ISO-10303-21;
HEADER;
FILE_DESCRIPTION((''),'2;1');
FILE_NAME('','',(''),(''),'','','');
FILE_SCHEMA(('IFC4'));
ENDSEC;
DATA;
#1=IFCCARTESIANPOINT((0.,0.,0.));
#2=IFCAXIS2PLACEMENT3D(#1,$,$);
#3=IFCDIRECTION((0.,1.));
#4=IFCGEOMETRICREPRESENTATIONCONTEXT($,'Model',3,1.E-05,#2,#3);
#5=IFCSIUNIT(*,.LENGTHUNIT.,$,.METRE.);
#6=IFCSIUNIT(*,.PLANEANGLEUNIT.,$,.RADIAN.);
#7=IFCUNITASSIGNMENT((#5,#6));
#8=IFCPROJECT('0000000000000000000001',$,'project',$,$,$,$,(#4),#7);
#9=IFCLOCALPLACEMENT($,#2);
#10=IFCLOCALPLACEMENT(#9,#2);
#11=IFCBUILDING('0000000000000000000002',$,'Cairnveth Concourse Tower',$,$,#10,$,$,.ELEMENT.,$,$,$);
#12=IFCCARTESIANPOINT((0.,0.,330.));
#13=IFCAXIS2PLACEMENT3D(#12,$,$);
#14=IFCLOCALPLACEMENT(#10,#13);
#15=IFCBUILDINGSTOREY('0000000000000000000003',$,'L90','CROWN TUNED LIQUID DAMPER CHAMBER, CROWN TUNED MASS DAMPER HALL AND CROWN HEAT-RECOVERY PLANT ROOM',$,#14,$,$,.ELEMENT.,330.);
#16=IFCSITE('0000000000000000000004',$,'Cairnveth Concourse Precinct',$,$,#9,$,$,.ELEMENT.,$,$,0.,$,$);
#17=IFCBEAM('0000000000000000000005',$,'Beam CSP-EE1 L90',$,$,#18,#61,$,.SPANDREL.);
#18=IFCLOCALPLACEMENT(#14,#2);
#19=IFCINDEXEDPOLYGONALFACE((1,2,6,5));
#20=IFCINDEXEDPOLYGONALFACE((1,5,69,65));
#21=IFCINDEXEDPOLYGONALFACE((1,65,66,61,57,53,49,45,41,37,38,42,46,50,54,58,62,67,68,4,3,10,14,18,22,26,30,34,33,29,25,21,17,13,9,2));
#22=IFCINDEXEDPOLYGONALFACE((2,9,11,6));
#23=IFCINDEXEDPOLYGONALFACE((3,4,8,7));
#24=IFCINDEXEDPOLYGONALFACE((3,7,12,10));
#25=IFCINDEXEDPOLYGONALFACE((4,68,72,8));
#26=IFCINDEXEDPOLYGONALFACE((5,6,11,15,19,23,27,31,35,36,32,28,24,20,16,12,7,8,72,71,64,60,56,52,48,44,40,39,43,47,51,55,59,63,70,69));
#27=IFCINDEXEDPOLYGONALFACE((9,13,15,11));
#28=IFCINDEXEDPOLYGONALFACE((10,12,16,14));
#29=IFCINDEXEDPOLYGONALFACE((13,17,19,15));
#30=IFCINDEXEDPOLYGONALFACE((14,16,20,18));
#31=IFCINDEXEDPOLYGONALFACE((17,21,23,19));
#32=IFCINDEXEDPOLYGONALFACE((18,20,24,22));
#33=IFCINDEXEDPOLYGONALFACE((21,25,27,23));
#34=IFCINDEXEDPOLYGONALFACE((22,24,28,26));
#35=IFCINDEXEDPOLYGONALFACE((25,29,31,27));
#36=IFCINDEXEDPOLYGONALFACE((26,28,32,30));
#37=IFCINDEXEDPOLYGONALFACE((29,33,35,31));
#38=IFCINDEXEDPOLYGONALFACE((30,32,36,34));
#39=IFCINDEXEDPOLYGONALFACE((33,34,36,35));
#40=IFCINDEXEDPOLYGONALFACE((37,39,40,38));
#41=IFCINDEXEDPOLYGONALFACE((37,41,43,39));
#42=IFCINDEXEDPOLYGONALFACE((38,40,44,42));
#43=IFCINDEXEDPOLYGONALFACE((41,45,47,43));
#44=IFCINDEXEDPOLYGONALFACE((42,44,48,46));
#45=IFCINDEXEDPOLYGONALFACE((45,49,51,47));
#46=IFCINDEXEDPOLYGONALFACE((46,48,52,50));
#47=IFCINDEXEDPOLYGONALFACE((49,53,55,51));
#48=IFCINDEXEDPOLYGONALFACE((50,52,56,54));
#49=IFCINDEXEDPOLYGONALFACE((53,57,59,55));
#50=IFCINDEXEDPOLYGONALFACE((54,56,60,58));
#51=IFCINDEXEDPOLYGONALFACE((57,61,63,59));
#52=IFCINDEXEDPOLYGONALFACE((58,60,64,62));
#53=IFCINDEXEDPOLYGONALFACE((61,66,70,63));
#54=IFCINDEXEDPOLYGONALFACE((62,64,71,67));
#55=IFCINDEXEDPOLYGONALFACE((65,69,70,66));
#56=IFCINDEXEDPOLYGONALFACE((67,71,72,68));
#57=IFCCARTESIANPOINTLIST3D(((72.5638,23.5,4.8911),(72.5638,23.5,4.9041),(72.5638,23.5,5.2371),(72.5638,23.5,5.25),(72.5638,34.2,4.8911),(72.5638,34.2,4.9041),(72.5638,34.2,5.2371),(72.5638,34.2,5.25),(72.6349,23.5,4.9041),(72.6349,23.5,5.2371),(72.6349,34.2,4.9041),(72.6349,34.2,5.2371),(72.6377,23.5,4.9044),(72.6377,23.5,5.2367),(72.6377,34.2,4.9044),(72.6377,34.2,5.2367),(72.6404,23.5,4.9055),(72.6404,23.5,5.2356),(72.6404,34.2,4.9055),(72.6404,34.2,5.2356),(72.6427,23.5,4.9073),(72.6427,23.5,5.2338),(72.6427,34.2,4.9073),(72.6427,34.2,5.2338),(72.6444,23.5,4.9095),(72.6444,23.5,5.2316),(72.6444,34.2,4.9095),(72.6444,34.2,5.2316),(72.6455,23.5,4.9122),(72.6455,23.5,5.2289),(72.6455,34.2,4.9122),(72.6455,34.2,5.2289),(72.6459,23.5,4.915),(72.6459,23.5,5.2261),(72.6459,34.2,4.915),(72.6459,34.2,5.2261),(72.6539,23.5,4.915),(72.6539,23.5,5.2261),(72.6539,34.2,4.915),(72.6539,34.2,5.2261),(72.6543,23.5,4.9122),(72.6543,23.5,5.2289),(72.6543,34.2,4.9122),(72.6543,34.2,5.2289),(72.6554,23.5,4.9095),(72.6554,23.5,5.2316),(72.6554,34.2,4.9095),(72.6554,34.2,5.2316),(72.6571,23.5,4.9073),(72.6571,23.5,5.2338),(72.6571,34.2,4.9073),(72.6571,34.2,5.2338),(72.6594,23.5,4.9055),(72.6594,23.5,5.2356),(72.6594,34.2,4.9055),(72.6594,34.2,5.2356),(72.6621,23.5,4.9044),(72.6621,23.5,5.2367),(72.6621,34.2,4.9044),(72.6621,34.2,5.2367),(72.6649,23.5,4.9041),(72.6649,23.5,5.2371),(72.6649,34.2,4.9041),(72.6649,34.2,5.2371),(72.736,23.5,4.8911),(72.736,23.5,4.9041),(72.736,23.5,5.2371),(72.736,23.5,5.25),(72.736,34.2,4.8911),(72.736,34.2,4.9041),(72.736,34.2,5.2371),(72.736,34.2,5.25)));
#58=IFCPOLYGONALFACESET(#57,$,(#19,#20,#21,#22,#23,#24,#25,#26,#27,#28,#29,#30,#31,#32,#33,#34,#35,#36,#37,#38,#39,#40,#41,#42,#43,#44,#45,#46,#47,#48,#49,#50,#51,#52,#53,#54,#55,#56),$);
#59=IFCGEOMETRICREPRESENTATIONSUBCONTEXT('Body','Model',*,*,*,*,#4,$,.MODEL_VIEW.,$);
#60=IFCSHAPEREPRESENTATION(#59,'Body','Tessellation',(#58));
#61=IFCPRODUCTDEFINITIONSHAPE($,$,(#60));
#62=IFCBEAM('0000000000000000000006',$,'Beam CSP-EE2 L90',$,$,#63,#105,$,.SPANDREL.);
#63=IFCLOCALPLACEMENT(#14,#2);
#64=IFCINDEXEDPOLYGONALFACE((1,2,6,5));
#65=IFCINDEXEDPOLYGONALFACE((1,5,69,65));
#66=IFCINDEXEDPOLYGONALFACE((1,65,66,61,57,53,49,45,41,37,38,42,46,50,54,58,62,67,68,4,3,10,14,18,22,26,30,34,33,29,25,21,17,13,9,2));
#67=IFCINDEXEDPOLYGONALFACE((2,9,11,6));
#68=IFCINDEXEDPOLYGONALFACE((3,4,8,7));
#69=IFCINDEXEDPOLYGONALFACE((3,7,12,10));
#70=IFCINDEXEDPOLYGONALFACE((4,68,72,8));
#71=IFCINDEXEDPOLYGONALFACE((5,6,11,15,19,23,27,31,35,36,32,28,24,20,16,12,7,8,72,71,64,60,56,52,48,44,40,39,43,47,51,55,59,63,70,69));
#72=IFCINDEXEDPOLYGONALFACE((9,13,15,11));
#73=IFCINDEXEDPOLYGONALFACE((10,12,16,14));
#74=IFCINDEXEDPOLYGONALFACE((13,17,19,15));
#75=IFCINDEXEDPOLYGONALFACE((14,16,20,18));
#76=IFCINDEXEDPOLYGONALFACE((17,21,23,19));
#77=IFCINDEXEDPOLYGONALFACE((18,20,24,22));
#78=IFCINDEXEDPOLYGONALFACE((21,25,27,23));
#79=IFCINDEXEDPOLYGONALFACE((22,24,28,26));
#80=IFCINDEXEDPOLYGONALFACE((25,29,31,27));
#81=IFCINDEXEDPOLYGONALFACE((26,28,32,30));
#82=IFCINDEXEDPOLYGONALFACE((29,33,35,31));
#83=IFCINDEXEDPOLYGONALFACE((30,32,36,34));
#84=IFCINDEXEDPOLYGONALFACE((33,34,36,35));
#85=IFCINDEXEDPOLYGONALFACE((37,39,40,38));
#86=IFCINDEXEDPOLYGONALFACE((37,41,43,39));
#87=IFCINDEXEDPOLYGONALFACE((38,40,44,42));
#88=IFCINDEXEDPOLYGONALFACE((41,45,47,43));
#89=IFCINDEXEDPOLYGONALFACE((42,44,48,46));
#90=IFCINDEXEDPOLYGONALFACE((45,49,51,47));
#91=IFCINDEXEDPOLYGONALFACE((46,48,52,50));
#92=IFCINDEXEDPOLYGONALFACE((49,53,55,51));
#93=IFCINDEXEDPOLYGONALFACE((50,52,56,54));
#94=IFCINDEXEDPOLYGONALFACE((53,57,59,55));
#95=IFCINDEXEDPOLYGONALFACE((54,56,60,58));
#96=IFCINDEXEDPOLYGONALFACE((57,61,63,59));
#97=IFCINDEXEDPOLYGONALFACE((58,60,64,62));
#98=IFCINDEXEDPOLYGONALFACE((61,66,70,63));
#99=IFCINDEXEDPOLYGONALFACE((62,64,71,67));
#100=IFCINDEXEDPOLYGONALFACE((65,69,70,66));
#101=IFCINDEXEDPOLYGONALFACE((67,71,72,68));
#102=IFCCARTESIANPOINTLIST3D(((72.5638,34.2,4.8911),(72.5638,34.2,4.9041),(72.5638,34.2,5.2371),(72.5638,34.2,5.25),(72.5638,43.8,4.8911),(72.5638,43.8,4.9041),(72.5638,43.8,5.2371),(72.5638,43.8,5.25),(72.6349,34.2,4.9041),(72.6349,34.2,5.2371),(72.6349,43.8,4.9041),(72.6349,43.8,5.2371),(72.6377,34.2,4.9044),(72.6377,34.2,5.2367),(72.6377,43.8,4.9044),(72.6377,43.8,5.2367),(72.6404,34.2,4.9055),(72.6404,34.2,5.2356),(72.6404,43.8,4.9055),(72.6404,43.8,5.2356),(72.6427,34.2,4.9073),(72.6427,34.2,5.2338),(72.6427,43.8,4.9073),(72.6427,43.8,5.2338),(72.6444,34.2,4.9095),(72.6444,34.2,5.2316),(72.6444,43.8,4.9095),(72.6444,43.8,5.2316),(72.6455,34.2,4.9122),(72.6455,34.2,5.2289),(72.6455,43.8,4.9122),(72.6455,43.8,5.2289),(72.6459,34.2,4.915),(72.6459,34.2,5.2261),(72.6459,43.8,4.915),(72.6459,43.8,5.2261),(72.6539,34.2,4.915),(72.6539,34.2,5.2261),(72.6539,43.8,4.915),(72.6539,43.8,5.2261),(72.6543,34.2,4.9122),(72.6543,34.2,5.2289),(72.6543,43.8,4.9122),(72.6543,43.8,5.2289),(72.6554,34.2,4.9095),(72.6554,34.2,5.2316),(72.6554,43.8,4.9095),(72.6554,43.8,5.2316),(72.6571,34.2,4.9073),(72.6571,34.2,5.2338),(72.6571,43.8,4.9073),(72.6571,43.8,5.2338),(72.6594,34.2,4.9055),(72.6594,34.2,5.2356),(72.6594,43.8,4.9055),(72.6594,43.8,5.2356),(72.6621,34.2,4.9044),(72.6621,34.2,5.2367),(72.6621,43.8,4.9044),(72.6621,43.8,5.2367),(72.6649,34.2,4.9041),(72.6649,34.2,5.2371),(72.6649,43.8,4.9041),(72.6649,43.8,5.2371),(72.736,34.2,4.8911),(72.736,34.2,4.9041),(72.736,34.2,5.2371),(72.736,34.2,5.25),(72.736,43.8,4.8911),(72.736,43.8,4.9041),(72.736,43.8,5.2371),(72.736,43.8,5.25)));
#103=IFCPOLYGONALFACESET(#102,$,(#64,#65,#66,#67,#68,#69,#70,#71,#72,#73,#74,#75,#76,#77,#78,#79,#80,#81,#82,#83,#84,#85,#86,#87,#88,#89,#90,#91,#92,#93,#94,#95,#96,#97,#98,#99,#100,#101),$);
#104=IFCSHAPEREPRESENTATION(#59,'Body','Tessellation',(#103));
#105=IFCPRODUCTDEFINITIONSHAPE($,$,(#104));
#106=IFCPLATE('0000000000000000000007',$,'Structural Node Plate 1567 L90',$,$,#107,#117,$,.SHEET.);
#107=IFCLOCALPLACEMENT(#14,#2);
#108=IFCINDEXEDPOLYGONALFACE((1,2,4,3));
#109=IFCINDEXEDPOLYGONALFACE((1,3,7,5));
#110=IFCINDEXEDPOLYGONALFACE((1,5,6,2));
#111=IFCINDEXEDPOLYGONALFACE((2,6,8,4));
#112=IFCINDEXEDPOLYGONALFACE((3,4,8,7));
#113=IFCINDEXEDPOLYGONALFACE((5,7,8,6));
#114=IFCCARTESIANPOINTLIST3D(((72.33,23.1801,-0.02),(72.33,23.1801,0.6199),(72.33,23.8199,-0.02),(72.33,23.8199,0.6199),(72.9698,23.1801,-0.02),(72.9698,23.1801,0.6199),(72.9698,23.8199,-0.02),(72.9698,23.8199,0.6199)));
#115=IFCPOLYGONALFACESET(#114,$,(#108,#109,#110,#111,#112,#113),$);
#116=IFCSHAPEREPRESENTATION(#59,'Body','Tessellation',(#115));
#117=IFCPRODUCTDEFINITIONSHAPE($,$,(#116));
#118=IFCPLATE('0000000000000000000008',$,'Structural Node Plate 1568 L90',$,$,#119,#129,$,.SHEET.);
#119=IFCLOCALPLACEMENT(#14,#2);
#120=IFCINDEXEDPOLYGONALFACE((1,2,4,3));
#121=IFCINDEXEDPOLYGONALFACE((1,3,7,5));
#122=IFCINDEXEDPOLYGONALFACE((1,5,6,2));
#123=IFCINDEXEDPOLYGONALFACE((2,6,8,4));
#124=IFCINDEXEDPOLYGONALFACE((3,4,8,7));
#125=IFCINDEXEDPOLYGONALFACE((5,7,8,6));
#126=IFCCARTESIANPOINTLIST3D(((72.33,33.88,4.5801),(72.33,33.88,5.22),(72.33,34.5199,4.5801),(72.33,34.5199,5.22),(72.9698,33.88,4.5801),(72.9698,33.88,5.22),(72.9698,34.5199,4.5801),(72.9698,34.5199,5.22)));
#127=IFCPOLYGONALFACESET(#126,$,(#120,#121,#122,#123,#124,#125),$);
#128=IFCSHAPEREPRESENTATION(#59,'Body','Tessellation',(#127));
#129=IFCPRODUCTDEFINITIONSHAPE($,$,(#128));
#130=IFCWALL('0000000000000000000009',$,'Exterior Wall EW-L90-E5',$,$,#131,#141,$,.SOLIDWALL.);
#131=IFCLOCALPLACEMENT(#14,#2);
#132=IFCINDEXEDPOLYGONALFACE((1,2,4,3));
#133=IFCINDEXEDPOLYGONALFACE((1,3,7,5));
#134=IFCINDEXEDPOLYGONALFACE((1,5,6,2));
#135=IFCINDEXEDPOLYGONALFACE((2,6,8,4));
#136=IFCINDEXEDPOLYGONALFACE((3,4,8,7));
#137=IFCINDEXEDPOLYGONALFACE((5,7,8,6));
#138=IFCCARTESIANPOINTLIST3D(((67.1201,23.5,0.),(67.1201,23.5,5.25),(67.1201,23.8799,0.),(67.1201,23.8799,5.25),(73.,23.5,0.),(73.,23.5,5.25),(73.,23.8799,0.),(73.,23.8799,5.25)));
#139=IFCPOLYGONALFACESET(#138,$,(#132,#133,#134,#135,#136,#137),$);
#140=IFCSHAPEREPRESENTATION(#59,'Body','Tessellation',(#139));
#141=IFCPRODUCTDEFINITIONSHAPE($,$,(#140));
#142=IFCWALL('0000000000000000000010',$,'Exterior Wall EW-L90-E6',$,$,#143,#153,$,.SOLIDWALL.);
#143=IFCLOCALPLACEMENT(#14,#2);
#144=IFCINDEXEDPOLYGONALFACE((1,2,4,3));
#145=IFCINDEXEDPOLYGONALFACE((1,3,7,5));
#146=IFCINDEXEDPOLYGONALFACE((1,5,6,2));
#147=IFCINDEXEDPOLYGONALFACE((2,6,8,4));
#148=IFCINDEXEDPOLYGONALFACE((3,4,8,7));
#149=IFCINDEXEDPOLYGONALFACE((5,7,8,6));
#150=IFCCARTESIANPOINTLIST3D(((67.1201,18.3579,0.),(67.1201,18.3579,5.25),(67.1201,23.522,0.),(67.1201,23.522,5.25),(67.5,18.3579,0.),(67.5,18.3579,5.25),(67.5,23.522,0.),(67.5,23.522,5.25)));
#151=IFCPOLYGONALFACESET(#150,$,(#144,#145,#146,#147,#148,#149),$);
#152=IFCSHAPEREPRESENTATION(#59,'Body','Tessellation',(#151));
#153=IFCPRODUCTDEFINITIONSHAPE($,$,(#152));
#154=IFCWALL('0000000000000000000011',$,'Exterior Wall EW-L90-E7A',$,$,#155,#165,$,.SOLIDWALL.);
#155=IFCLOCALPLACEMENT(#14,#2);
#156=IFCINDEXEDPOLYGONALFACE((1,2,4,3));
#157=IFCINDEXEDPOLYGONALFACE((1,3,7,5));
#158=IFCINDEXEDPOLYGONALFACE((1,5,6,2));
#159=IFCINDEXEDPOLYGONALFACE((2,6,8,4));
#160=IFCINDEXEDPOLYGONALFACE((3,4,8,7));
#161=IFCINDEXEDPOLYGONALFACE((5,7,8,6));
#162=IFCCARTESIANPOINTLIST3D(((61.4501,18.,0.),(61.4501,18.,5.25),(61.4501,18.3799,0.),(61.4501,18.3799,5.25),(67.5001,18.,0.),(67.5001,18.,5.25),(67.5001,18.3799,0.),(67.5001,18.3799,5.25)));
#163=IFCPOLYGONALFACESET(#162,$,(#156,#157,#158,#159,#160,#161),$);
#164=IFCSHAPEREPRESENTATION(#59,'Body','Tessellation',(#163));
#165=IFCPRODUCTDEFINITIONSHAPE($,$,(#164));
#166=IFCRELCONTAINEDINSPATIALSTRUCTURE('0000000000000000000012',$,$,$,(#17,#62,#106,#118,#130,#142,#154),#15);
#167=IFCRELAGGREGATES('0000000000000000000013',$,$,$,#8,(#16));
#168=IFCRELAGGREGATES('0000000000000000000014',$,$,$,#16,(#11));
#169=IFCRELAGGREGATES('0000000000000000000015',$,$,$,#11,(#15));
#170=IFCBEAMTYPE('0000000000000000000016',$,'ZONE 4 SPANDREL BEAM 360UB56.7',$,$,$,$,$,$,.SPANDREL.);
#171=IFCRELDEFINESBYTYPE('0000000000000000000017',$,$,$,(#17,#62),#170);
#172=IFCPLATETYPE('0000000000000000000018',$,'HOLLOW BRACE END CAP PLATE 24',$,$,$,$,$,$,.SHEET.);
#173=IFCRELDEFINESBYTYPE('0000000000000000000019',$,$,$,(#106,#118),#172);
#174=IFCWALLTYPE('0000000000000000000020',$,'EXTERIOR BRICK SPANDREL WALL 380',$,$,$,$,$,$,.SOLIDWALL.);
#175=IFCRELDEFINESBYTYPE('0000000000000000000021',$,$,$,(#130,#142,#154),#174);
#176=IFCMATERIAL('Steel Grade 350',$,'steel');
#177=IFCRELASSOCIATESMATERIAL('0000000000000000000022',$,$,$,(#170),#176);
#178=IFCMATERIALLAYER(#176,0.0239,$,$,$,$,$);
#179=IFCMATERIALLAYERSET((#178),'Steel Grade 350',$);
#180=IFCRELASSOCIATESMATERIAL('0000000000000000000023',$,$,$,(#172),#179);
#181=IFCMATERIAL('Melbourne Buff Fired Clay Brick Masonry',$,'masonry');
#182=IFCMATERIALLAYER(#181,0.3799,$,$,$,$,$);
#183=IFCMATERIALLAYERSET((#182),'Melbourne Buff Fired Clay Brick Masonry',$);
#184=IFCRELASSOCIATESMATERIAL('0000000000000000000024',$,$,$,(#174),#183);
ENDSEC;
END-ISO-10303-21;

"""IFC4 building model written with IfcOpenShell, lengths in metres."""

from ifc_helpers import new_model, si_unit, direction, frame, frame_2d, origin, origin_2d, place, context, subcontext, project, spatial, rectangle, i_section, extrude, material, layer, layer_set, material_profile, profile_set, type_object, element, save


model = new_model("IFC4")

# Units and contexts
model_context = context("Model", 3, precision=1e-05, world=origin(), true_north=direction((0.0, 1.0)))
body_context = subcontext(model_context, "Body", "Model", "MODEL_VIEW")
ifc_project = project(units=[si_unit("LENGTHUNIT", "METRE"), si_unit("PLANEANGLEUNIT", "RADIAN")], contexts=[model_context])

# Site, building, storey
site_placement = place(None, origin())
site = spatial("IfcSite", under=ifc_project, at=site_placement, Name="Cairnveth Concourse Precinct", CompositionType="ELEMENT", RefElevation=0.0)
building_placement = place(site_placement, origin())
building = spatial("IfcBuilding", under=site, at=building_placement, Name="Cairnveth Concourse Tower", CompositionType="ELEMENT")
storey_placement = place(building_placement, frame((0.0, 0.0, 330.0)))
storey = spatial("IfcBuildingStorey", under=building, at=storey_placement, Name="L90", Description="CROWN TUNED LIQUID DAMPER CHAMBER, CROWN TUNED MASS DAMPER HALL AND CROWN HEAT-RECOVERY PLANT ROOM", CompositionType="ELEMENT", Elevation=330.0)

# Shared definitions
ifc_material_1 = material(Name="Steel Grade 350", Category="steel")

# Beams
ifc_material_profile_1 = material_profile(ifc_material_1, i_section(OverallWidth=0.1721, OverallDepth=0.3589, WebThickness=0.0081, FlangeThickness=0.0129, FilletRadius=0.011, at=origin_2d()), Name="360UB56.7")
ifc_profile_set_1 = profile_set([ifc_material_profile_1], Name="Steel Grade 350")
beam_type_1 = type_object("IfcBeamType", Name="ZONE 4 SPANDREL BEAM 360UB56.7", PredefinedType="SPANDREL", material=ifc_profile_set_1)
beam_1_placement = place(storey_placement, frame((72.6499, 23.5, 5.0706), z_axis=(0.0, 1.0, 0.0), x_axis=(-1.0, 0.0, 0.0)))
element("IfcBeam", 1, at=beam_1_placement, inside=storey, type_object=beam_type_1, Name="Beam CSP-EE1 L90", PredefinedType="SPANDREL", context=body_context, shape_type="SweptSolid", body=[
    extrude(i_section(OverallWidth=0.1721, OverallDepth=0.3589, WebThickness=0.0081, FlangeThickness=0.0129, FilletRadius=0.011, at=origin_2d()), origin(), (0.0, 0.0, 1.0), 10.7),
])
beam_2_placement = place(storey_placement, frame((72.6499, 34.2, 5.0706), z_axis=(0.0, 1.0, 0.0), x_axis=(-1.0, 0.0, 0.0)))
element("IfcBeam", 2, at=beam_2_placement, inside=storey, type_object=beam_type_1, Name="Beam CSP-EE2 L90", PredefinedType="SPANDREL", context=body_context, shape_type="SweptSolid", body=[
    extrude(i_section(OverallWidth=0.1721, OverallDepth=0.3589, WebThickness=0.0081, FlangeThickness=0.0129, FilletRadius=0.011, at=origin_2d()), origin(), (0.0, 0.0, 1.0), 9.6001),
])

# Plates
ifc_layer_1 = layer(ifc_material_1, 0.0239)
ifc_layer_set_1 = layer_set([ifc_layer_1], Name="Steel Grade 350")
plate_type = type_object("IfcPlateType", Name="HOLLOW BRACE END CAP PLATE 24", PredefinedType="SHEET", material=ifc_layer_set_1)
for number, where, z_axis, x_axis, name in (
    (3, (72.6499, 23.5, -0.02), (0.0, 0.0, 1.0), (1.0, 0.0, 0.0), "Structural Node Plate 1567 L90"),
    (4, (72.6499, 34.2, 4.5801), (0.0, 0.0, 1.0), (1.0, 0.0, 0.0), "Structural Node Plate 1568 L90"),
):
    element("IfcPlate", number, at=place(storey_placement, frame(where, z_axis=z_axis, x_axis=x_axis)), inside=storey, type_object=plate_type, Name=name, PredefinedType="SHEET", context=body_context, shape_type="SweptSolid", body=[
        extrude(rectangle(XDim=0.6399, YDim=0.6399, at=origin_2d()), origin(), (0.0, 0.0, 1.0), 0.6399),
    ])

# Walls
ifc_material_2 = material(Name="Melbourne Buff Fired Clay Brick Masonry", Category="masonry")
ifc_layer_2 = layer(ifc_material_2, 0.3799)
ifc_layer_set_2 = layer_set([ifc_layer_2], Name="Melbourne Buff Fired Clay Brick Masonry")
wall_type_1 = type_object("IfcWallType", Name="EXTERIOR BRICK SPANDREL WALL 380", PredefinedType="SOLIDWALL", material=ifc_layer_set_2)
wall_1_placement = place(storey_placement, frame((73.0, 23.6899, 0.0), z_axis=(0.0, 0.0, 1.0), x_axis=(-1.0, 0.0, 0.0)))
element("IfcWall", 5, at=wall_1_placement, inside=storey, type_object=wall_type_1, Name="Exterior Wall EW-L90-E5", PredefinedType="SOLIDWALL", context=body_context, shape_type="SweptSolid", body=[
    extrude(rectangle(XDim=5.8799, YDim=0.3799, at=frame_2d((2.9399, 0.0))), origin(), (0.0, 0.0, 1.0), 5.25),
])
wall_2_placement = place(storey_placement, frame((67.3101, 23.522, 0.0), z_axis=(0.0, 0.0, 1.0), x_axis=(0.0, -1.0, 0.0)))
element("IfcWall", 6, at=wall_2_placement, inside=storey, type_object=wall_type_1, Name="Exterior Wall EW-L90-E6", PredefinedType="SOLIDWALL", context=body_context, shape_type="SweptSolid", body=[
    extrude(rectangle(XDim=5.1641, YDim=0.3799, at=frame_2d((2.582, 0.0))), origin(), (0.0, 0.0, 1.0), 5.25),
])
wall_3_placement = place(storey_placement, frame((67.5, 18.1899, 0.0), z_axis=(0.0, 0.0, 1.0), x_axis=(-1.0, 0.0, 0.0)))
element("IfcWall", 7, at=wall_3_placement, inside=storey, type_object=wall_type_1, Name="Exterior Wall EW-L90-E7A", PredefinedType="SOLIDWALL", context=body_context, shape_type="SweptSolid", body=[
    extrude(rectangle(XDim=6.05, YDim=0.3799, at=frame_2d((3.0249, 0.0))), origin(), (0.0, 0.0, 1.0), 5.25),
])

save(model, "model.ifc")
